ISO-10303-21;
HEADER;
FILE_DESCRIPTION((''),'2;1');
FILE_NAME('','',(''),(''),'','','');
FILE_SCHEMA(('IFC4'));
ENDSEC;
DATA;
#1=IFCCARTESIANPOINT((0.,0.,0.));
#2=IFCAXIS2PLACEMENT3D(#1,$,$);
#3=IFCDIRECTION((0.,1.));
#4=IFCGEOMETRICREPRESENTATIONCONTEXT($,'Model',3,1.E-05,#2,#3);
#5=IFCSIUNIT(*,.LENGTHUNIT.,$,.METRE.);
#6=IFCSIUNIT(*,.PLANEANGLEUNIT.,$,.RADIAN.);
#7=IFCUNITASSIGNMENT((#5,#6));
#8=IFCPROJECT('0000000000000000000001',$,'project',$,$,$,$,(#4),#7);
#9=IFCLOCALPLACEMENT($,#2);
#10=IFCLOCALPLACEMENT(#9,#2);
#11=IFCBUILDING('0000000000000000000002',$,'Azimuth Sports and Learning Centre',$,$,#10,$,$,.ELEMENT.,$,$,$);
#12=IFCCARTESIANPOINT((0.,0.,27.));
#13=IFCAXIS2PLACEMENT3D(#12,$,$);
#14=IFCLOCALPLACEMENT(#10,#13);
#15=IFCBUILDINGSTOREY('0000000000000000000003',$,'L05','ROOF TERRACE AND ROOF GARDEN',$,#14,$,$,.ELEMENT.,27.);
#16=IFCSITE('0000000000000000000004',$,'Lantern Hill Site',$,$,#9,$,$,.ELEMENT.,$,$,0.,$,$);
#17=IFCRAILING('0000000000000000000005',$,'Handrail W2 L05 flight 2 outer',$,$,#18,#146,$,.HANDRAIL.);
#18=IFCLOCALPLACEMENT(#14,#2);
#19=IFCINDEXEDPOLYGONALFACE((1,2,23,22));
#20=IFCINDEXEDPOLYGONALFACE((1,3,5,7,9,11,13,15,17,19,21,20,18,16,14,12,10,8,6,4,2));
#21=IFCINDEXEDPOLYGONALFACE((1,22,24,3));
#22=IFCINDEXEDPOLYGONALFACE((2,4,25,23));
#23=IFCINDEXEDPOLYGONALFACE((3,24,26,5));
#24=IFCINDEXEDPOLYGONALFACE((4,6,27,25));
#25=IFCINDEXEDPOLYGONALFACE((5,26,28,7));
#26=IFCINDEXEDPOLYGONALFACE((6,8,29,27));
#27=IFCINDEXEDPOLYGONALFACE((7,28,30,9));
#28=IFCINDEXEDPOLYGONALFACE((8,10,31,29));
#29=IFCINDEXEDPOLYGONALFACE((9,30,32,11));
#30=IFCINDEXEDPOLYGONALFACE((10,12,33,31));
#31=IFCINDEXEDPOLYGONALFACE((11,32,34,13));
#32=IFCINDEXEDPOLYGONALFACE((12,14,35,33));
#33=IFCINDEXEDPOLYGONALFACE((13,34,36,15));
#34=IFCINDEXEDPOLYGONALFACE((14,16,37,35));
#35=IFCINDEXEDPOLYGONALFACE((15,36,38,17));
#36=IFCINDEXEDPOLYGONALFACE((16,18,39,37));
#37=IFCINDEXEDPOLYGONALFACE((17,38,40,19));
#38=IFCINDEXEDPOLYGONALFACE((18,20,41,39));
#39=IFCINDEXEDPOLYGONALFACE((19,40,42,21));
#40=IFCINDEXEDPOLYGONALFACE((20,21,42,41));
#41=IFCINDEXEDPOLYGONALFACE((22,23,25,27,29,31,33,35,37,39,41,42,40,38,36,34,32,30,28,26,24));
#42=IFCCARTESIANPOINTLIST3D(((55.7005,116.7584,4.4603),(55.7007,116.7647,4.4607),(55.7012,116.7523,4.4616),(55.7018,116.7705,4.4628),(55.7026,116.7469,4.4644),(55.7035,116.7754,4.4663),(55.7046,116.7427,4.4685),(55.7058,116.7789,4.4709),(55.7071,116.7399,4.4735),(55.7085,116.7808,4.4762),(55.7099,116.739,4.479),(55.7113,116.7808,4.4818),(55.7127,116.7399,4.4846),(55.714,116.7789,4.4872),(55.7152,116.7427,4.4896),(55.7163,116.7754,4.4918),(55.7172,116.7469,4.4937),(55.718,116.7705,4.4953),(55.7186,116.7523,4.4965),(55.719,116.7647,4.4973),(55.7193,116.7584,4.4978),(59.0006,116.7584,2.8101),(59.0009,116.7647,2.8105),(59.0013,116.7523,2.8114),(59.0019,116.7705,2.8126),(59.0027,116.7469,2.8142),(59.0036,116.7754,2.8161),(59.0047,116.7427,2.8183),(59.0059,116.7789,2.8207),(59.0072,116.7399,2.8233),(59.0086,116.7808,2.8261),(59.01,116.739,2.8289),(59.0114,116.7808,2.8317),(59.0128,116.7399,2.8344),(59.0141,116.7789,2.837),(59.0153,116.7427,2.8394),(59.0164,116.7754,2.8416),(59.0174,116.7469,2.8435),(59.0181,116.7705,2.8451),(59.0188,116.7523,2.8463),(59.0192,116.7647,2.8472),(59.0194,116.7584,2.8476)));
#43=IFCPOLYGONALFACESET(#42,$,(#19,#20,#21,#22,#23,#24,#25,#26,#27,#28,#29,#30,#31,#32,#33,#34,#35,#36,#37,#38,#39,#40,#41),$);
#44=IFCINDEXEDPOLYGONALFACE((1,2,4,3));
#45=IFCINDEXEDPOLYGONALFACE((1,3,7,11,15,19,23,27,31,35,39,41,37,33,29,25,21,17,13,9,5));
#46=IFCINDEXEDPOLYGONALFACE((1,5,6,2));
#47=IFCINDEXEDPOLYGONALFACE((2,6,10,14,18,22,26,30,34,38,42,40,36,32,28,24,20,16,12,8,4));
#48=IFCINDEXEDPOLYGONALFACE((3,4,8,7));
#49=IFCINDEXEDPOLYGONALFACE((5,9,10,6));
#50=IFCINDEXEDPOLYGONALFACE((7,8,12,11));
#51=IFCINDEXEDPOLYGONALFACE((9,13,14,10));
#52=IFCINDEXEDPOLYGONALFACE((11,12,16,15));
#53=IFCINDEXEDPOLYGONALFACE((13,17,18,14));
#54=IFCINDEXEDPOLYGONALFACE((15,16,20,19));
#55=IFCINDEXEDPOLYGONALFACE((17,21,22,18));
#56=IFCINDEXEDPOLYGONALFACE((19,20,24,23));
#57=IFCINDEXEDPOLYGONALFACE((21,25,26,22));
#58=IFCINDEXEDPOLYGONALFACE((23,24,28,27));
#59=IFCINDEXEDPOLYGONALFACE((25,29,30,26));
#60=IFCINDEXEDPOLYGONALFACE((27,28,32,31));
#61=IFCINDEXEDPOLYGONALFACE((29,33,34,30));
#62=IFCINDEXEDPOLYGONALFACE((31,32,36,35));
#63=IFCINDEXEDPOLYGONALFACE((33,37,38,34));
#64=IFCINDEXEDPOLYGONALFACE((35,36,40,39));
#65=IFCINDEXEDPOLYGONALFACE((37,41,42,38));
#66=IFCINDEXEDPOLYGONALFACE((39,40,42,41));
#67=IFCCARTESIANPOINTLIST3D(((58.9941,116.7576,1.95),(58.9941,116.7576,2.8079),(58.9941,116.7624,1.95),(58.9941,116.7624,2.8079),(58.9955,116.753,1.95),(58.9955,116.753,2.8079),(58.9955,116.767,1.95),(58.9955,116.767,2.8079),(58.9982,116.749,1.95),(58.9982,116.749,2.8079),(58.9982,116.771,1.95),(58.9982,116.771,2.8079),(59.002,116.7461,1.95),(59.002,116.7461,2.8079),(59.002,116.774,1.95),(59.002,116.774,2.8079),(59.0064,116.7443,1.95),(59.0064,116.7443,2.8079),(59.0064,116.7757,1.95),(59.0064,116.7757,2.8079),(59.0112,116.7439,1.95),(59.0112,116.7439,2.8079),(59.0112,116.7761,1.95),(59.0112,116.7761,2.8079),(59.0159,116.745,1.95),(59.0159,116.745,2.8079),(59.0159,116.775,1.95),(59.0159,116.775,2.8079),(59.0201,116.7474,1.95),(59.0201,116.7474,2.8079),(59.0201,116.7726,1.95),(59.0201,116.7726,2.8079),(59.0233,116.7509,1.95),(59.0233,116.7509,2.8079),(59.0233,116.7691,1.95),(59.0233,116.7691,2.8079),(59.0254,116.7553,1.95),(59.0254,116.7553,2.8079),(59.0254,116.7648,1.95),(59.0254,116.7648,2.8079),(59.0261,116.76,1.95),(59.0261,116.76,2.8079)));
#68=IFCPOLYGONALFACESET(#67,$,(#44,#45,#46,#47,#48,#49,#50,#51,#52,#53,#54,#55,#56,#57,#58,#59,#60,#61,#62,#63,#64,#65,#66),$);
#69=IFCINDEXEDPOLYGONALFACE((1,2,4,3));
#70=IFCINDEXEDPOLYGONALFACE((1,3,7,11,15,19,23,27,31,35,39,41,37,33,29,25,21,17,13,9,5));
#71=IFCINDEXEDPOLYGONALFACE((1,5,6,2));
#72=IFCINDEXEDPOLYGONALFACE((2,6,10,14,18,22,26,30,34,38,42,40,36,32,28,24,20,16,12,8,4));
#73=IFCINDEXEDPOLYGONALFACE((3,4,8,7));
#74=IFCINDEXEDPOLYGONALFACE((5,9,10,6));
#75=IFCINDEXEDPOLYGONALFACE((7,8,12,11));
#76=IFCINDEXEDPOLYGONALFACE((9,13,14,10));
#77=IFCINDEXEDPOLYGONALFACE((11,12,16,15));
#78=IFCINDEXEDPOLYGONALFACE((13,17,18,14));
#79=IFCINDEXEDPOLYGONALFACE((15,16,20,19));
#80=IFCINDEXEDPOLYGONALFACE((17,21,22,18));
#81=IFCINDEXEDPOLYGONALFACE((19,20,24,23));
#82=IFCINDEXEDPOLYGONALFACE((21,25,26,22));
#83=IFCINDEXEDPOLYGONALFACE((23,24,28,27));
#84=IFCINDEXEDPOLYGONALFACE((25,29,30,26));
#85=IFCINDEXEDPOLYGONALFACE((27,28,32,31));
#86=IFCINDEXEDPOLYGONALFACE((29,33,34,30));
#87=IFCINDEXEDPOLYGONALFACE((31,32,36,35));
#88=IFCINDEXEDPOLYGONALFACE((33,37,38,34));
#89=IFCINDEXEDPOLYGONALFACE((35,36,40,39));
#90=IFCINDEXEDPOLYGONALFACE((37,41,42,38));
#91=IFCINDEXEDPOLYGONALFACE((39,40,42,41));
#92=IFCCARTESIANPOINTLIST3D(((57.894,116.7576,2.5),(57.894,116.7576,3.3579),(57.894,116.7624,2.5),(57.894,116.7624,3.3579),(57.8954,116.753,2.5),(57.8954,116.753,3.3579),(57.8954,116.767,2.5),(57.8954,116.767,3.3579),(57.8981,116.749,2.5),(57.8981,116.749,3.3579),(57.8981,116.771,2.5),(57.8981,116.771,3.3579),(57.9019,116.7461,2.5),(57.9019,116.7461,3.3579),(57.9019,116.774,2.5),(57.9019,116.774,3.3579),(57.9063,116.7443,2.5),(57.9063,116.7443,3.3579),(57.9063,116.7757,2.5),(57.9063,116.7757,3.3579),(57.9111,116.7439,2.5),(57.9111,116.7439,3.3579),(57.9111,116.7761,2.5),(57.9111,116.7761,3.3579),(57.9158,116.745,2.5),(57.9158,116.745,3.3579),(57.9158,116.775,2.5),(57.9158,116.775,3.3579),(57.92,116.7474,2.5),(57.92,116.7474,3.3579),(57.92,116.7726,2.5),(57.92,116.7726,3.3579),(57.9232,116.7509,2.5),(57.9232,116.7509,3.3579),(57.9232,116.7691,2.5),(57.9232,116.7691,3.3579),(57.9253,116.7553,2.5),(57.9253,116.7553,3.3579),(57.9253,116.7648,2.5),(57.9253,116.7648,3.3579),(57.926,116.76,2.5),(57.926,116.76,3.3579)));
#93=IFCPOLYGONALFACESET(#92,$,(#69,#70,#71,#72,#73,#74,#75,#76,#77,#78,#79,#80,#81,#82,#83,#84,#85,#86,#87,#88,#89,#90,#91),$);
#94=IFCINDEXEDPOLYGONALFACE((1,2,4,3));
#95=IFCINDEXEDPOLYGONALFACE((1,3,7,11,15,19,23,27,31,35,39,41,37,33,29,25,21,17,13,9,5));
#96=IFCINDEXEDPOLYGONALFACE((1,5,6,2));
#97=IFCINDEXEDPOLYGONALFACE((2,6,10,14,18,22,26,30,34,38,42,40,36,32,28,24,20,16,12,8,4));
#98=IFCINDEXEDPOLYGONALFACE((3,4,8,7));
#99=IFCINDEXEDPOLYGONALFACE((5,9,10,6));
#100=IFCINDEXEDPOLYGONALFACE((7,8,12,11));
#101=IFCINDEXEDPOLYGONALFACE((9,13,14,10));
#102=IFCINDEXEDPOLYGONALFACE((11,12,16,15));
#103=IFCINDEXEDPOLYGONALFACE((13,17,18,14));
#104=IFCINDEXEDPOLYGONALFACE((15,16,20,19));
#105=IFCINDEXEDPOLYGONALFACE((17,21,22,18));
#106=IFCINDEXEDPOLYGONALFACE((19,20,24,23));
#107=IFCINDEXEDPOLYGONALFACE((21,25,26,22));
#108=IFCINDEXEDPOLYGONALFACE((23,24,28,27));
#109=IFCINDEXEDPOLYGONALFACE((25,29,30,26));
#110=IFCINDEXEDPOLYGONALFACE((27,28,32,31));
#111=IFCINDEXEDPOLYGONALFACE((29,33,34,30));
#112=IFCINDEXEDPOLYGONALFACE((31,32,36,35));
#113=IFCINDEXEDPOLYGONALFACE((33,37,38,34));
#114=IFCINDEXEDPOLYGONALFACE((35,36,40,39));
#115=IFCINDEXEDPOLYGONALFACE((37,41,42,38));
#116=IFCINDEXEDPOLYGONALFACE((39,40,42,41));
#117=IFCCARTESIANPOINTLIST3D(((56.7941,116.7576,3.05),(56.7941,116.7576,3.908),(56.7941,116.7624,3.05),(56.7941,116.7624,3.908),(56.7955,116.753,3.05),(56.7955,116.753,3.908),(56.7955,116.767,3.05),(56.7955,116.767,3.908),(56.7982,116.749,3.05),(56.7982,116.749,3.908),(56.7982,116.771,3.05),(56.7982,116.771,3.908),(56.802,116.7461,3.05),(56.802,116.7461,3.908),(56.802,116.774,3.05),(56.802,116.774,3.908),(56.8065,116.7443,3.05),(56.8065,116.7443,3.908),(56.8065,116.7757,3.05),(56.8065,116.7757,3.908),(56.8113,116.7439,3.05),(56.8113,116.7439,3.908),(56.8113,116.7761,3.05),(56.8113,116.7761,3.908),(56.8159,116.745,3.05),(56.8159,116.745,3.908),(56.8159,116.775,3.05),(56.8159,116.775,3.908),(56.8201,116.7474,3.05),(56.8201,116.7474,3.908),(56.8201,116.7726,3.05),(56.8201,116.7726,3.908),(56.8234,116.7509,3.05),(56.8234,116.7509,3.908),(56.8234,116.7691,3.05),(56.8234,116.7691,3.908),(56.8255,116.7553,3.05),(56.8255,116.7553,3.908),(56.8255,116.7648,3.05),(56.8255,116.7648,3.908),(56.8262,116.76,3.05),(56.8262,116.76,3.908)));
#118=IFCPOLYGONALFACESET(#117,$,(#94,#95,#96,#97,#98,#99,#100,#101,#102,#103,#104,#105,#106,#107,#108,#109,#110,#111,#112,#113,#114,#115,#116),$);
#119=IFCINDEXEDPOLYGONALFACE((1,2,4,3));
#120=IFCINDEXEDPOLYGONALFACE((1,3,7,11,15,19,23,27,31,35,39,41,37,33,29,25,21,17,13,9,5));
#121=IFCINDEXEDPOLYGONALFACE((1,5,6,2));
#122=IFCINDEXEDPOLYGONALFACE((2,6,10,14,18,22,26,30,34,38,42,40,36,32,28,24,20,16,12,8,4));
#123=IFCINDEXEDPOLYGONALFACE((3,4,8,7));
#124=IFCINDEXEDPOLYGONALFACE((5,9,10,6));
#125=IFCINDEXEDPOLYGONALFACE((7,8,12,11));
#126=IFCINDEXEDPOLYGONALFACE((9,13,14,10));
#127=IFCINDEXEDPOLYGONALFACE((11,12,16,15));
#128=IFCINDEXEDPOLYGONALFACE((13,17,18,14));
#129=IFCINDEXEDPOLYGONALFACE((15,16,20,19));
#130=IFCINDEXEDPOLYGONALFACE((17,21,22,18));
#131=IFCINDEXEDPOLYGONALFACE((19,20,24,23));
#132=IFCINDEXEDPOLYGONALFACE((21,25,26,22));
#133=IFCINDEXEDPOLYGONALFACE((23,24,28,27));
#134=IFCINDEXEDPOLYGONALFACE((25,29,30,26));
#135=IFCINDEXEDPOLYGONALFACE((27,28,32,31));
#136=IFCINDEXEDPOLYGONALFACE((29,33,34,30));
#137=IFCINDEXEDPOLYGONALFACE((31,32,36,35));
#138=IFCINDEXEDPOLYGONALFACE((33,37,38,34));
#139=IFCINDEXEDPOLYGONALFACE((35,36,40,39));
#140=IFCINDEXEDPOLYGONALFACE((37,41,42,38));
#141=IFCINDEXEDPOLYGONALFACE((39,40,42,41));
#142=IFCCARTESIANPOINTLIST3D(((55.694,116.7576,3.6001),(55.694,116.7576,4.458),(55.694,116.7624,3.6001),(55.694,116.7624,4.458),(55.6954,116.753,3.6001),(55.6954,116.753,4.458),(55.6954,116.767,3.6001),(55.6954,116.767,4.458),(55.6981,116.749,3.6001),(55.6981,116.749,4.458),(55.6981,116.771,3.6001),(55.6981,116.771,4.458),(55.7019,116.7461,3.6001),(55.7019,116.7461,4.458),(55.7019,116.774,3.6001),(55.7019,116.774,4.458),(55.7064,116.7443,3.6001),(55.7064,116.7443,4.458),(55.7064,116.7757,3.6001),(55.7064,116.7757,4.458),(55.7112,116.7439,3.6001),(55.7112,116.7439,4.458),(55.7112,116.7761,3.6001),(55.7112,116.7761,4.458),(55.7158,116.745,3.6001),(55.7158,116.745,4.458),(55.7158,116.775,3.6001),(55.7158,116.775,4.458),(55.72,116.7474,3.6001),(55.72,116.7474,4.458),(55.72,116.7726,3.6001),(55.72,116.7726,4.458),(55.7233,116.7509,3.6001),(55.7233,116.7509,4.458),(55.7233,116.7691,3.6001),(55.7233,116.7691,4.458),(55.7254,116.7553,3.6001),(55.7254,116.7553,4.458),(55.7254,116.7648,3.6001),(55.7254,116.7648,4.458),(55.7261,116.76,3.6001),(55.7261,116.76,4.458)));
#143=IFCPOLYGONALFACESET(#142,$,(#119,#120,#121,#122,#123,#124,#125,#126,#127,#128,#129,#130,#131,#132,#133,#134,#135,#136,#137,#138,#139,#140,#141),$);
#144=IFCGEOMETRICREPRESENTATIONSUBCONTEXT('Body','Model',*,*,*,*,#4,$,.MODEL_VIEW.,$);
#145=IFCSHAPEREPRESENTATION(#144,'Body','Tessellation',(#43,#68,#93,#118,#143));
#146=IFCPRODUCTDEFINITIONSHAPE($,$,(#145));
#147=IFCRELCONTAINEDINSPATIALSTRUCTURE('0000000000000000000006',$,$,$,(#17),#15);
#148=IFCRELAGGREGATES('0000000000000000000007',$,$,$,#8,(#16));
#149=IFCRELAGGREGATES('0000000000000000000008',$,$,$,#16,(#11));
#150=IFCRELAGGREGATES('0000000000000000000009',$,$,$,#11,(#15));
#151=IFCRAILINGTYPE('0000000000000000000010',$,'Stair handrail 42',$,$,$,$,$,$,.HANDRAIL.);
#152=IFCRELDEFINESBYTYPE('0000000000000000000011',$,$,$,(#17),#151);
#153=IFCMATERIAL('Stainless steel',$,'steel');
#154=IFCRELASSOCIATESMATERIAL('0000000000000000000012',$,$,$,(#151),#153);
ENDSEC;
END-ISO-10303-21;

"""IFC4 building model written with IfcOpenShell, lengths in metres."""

from ifc_helpers import new_model, si_unit, direction, frame, origin, origin_2d, place, context, subcontext, project, spatial, circle, extrude, material, type_object, element, save


model = new_model("IFC4")

# Units and contexts
model_context = context("Model", 3, precision=1e-05, world=origin(), true_north=direction((0.0, 1.0)))
body_context = subcontext(model_context, "Body", "Model", "MODEL_VIEW")
ifc_project = project(units=[si_unit("LENGTHUNIT", "METRE"), si_unit("PLANEANGLEUNIT", "RADIAN")], contexts=[model_context])

# Site, building, storey
site_placement = place(None, origin())
site = spatial("IfcSite", under=ifc_project, at=site_placement, Name="Lantern Hill Site", CompositionType="ELEMENT", RefElevation=0.0)
building_placement = place(site_placement, origin())
building = spatial("IfcBuilding", under=site, at=building_placement, Name="Azimuth Sports and Learning Centre", CompositionType="ELEMENT")
storey_placement = place(building_placement, frame((0.0, 0.0, 27.0)))
storey = spatial("IfcBuildingStorey", under=building, at=storey_placement, Name="L05", Description="ROOF TERRACE AND ROOF GARDEN", CompositionType="ELEMENT", Elevation=27.0)

# Railing
ifc_material_1 = material(Name="Stainless steel", Category="steel")
railing_type_1 = type_object("IfcRailingType", Name="Stair handrail 42", PredefinedType="HANDRAIL", material=ifc_material_1)
for number, where, name in (
    (1, (59.01, 116.76, 1.95), "Handrail W2 L05 flight 2 outer"),
):
    element("IfcRailing", number, at=place(storey_placement, frame(where)), inside=storey, type_object=railing_type_1, Name=name, PredefinedType="HANDRAIL", context=body_context, shape_type="SweptSolid", body=[
        extrude(circle(Radius=0.021, at=origin_2d()), frame((0.0, 0.0, 0.8789), z_axis=(-0.894414, 0.0, 0.44724), x_axis=(0.0, -1.0, 0.0)), (0.0, 0.0, 1.0), 3.6897),
        extrude(circle(Radius=0.0161, at=origin_2d()), origin(), (0.0, 0.0, 1.0), 0.8579),
        extrude(circle(Radius=0.0161, at=origin_2d()), frame((-1.1001, 0.0, 0.55)), (0.0, 0.0, 1.0), 0.8579),
        extrude(circle(Radius=0.0161, at=origin_2d()), frame((-2.2, 0.0, 1.1001)), (0.0, 0.0, 1.0), 0.8579),
        extrude(circle(Radius=0.0161, at=origin_2d()), frame((-3.3, 0.0, 1.6501)), (0.0, 0.0, 1.0), 0.8579),
    ])

save(model, "model.ifc")
